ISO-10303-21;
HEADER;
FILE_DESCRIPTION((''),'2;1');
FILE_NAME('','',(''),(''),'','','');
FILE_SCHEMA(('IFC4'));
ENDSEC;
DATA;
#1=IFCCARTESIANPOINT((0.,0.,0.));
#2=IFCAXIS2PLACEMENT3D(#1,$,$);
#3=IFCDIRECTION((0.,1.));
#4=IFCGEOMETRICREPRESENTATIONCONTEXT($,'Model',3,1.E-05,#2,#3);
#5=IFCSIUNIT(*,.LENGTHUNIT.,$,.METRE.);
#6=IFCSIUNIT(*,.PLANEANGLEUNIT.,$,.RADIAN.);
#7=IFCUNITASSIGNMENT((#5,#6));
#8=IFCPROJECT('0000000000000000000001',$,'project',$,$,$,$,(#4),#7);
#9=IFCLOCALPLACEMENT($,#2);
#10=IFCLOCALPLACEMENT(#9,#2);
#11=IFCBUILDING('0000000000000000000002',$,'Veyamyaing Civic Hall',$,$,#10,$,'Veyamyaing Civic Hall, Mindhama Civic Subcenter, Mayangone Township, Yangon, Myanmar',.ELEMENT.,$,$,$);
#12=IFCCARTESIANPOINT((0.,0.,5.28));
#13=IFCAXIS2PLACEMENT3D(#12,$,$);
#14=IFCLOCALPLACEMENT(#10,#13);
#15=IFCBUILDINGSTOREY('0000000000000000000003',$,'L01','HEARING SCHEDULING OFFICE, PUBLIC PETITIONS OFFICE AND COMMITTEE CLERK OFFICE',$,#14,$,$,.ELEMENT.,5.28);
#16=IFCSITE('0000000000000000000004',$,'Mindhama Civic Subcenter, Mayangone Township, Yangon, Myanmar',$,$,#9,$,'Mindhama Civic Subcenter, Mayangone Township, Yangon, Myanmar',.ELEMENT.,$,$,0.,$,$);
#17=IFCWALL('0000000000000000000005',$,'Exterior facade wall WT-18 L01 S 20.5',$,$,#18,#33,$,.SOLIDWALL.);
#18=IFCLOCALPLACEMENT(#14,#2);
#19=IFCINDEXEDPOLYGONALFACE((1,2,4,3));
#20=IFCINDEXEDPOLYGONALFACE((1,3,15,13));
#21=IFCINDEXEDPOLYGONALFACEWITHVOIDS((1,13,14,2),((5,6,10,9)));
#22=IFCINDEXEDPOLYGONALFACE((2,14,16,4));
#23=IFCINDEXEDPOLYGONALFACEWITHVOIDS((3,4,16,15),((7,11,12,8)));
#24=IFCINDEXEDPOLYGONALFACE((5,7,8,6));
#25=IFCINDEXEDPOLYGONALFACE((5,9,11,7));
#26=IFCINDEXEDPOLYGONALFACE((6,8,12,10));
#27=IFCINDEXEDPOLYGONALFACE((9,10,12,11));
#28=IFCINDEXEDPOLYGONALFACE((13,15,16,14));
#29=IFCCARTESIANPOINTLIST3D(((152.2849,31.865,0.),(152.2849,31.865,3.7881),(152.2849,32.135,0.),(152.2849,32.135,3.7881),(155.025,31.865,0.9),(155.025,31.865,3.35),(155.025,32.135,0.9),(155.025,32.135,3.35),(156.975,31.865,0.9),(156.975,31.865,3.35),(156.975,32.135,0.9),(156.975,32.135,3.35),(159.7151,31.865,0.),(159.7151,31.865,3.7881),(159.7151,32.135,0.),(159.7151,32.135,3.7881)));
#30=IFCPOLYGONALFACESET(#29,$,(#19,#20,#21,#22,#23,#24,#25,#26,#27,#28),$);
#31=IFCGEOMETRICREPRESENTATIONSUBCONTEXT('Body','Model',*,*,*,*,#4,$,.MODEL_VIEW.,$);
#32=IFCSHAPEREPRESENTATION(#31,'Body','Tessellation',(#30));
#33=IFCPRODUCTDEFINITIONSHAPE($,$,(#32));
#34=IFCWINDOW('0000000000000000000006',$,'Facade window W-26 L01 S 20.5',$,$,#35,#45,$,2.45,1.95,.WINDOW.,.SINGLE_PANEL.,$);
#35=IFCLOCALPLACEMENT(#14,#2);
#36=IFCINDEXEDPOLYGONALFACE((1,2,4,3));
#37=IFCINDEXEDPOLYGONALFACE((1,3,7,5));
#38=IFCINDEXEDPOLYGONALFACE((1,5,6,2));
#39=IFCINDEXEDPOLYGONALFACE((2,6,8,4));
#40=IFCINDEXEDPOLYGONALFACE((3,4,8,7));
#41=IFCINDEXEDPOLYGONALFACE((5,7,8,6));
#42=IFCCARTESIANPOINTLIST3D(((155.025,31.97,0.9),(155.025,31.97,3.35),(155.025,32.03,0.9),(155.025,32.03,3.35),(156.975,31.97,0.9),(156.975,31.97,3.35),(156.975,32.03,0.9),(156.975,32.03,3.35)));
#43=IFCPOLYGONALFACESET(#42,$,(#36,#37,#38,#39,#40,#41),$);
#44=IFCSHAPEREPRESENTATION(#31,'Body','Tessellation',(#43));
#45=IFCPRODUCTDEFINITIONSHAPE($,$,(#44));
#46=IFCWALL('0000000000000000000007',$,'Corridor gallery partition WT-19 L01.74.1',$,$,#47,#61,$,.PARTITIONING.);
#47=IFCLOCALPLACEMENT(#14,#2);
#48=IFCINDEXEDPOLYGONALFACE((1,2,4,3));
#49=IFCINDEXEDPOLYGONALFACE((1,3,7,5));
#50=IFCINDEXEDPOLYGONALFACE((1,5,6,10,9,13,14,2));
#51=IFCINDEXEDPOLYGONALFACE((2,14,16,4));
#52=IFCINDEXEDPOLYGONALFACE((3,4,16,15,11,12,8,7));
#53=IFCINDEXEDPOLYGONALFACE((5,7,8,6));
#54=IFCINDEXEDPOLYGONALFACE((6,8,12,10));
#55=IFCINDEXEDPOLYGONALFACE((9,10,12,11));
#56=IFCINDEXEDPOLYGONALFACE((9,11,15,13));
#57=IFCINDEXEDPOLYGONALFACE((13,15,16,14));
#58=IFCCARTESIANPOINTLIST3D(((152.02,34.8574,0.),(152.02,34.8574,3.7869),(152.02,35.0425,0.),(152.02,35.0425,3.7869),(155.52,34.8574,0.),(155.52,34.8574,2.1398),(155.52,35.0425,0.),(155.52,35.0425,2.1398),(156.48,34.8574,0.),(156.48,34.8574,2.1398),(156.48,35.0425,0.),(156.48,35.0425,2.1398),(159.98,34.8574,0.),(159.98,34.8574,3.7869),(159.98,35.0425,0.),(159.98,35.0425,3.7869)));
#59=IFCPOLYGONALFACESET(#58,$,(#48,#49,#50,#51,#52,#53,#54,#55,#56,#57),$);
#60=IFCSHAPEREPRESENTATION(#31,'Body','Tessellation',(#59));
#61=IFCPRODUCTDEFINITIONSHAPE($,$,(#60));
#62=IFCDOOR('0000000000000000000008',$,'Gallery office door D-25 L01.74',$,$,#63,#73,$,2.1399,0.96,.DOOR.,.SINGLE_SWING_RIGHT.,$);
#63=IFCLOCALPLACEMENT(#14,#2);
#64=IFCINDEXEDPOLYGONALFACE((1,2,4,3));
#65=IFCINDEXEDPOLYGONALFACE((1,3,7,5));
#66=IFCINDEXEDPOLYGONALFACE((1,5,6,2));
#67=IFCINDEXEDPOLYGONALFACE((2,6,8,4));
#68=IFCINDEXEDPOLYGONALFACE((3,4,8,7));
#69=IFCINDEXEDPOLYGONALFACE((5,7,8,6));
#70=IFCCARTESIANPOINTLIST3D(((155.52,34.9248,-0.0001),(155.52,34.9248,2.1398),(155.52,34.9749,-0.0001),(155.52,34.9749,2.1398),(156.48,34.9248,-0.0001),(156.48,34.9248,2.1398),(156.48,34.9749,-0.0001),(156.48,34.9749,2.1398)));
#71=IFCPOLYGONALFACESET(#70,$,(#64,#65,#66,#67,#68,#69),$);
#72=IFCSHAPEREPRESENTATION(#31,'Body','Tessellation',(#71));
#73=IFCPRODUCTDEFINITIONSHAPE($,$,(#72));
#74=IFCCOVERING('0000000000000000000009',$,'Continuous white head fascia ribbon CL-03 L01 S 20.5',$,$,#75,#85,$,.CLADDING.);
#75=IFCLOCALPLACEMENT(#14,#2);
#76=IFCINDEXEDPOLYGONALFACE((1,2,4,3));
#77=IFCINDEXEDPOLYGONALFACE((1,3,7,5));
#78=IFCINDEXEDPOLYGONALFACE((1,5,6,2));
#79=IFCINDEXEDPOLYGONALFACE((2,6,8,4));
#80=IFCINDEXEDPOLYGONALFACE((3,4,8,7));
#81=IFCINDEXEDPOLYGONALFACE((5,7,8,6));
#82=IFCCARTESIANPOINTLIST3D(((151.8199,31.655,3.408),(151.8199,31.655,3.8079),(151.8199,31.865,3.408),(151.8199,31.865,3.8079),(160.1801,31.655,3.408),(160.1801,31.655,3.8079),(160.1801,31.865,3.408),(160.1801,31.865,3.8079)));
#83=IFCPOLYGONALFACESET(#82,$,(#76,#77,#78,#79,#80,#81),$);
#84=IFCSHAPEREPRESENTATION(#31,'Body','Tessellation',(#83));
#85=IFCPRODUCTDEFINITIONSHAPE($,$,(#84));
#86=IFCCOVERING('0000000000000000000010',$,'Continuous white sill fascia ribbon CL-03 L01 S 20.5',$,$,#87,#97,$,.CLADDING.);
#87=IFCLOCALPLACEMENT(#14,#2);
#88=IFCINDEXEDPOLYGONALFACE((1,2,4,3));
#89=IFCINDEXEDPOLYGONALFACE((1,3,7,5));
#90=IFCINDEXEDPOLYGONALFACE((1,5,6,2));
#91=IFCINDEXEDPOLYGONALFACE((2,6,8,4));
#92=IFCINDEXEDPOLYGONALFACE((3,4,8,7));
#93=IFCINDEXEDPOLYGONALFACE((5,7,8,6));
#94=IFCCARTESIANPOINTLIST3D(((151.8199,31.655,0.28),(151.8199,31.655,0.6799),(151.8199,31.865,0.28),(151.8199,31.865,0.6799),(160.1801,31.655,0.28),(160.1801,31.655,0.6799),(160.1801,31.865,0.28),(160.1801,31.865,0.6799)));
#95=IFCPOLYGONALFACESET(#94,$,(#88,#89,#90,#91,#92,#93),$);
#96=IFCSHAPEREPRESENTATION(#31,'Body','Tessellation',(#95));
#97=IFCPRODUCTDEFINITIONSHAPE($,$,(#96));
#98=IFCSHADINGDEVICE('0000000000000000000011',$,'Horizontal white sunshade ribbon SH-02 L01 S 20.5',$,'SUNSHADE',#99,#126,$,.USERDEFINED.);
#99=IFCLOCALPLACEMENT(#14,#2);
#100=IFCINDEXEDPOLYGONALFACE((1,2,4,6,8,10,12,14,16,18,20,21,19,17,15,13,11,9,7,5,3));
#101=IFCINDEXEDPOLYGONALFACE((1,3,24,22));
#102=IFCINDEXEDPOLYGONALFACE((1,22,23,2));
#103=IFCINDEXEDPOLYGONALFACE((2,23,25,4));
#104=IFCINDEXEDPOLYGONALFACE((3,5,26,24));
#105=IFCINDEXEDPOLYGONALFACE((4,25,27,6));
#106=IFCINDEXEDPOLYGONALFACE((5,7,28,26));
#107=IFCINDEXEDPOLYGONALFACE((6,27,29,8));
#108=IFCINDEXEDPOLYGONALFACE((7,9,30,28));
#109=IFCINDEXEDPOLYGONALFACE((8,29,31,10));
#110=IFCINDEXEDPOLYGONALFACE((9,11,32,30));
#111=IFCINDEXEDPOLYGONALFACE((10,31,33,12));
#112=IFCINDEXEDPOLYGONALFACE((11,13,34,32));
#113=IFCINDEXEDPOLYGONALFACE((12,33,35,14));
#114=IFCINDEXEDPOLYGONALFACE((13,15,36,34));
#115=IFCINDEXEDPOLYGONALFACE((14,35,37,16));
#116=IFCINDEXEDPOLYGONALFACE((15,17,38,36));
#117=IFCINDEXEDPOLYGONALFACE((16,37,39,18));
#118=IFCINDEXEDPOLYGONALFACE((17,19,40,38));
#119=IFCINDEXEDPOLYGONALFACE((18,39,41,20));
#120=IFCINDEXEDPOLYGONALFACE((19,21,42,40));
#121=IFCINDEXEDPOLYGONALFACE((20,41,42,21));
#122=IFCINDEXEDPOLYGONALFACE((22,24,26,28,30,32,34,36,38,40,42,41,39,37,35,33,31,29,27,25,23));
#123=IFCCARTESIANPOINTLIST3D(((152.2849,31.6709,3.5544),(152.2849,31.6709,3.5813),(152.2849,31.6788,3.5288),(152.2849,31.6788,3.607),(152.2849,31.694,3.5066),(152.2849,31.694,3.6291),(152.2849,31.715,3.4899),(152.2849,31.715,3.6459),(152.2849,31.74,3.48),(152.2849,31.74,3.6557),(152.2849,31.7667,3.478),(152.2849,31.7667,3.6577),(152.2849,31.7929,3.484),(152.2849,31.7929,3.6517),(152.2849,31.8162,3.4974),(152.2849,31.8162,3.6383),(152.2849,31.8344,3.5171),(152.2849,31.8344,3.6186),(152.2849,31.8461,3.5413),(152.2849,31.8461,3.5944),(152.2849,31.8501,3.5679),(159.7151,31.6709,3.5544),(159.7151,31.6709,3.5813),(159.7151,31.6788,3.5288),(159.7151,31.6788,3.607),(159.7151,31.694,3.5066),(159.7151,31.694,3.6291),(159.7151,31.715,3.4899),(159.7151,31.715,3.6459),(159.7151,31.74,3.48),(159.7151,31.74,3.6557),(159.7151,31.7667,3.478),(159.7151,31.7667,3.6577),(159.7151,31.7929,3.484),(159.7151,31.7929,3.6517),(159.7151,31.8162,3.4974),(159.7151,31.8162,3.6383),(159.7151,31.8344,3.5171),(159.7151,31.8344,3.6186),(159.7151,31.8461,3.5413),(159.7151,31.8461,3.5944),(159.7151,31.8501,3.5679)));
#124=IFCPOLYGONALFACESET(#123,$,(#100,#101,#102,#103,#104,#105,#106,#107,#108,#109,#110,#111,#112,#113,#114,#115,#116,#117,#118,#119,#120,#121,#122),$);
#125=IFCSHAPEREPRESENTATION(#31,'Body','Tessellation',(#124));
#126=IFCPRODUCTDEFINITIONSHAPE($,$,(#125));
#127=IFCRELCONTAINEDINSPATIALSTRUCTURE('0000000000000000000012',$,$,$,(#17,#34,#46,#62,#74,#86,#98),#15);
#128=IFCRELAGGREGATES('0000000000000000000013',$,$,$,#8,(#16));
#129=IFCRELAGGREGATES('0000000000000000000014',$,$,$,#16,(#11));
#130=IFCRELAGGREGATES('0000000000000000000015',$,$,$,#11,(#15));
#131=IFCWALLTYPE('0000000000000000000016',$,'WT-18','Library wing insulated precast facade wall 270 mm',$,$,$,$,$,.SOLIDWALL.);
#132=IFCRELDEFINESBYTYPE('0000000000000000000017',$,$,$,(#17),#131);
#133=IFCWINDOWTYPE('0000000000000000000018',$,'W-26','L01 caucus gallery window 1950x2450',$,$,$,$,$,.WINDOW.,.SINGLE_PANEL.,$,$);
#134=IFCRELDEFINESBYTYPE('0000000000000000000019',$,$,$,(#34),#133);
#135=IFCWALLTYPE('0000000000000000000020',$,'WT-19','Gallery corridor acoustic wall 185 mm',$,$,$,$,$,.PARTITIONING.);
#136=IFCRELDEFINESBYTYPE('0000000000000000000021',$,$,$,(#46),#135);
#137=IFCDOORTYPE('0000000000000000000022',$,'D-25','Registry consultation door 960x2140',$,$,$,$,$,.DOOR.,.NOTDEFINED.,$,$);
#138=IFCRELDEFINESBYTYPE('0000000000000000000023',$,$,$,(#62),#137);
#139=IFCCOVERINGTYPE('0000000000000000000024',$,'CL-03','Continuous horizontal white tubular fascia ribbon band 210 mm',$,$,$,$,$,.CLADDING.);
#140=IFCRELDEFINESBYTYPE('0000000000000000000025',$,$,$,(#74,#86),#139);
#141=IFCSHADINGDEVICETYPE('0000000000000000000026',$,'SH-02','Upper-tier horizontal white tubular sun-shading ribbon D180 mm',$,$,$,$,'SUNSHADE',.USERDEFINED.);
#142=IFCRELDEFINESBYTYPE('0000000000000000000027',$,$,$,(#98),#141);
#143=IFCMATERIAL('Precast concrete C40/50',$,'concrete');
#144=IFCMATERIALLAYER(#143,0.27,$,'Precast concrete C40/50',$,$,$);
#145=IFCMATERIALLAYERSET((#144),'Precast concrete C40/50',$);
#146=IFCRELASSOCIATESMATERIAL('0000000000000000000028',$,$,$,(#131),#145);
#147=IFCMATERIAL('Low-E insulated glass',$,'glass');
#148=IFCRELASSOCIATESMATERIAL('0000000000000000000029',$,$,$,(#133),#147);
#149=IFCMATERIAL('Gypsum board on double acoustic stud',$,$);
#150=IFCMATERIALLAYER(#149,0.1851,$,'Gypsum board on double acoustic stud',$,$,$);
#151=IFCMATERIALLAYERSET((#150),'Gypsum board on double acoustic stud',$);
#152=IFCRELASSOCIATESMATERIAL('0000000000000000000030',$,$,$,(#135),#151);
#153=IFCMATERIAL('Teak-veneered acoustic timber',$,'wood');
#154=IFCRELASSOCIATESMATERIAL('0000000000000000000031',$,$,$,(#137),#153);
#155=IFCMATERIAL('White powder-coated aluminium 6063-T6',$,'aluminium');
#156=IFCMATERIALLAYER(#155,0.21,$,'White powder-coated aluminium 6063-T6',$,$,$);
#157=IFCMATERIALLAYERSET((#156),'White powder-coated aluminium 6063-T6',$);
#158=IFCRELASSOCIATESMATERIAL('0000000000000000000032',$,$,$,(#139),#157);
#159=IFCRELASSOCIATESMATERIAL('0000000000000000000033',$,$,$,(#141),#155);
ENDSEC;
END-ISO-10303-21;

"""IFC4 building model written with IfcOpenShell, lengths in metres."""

from ifc_helpers import new_model, si_unit, direction, frame, frame_2d, origin, origin_2d, place, context, subcontext, project, spatial, rectangle, circle, extrude, material, layer, layer_set, material_profile, profile_set, type_object, element, fill, save


model = new_model("IFC4")

# Units and contexts
model_context = context("Model", 3, precision=1e-05, world=origin(), true_north=direction((0.0, 1.0)))
body_context = subcontext(model_context, "Body", "Model", "MODEL_VIEW")
ifc_project = project(units=[si_unit("LENGTHUNIT", "METRE"), si_unit("PLANEANGLEUNIT", "RADIAN")], contexts=[model_context])

# Site, building, storey
site_placement = place(None, origin())
site = spatial("IfcSite", under=ifc_project, at=site_placement, Name="Mindhama Civic Subcenter, Mayangone Township, Yangon, Myanmar", LongName="Mindhama Civic Subcenter, Mayangone Township, Yangon, Myanmar", CompositionType="ELEMENT", RefElevation=0.0)
building_placement = place(site_placement, origin())
building = spatial("IfcBuilding", under=site, at=building_placement, Name="Veyamyaing Civic Hall", LongName="Veyamyaing Civic Hall, Mindhama Civic Subcenter, Mayangone Township, Yangon, Myanmar", CompositionType="ELEMENT")
storey_placement = place(building_placement, frame((0.0, 0.0, 5.28)))
storey = spatial("IfcBuildingStorey", under=building, at=storey_placement, Name="L01", Description="HEARING SCHEDULING OFFICE, PUBLIC PETITIONS OFFICE AND COMMITTEE CLERK OFFICE", CompositionType="ELEMENT", Elevation=5.28)

# Shared definitions
ifc_material_1 = material(Name="Low-E insulated glass", Category="glass")

# Wall, opening, window
ifc_material_2 = material(Name="Precast concrete C40/50", Category="concrete")
ifc_layer_1 = layer(ifc_material_2, 0.27, Name="Precast concrete C40/50")
ifc_layer_set_1 = layer_set([ifc_layer_1], Name="Precast concrete C40/50")
wall_type_1 = type_object("IfcWallType", Name="WT-18", Description="Library wing insulated precast facade wall 270 mm", PredefinedType="SOLIDWALL", material=ifc_layer_set_1)
wall_1_placement = place(storey_placement, frame((152.2849, 32.0, 0.0), z_axis=(0.0, 0.0, 1.0), x_axis=(1.0, 0.0, 0.0)))
wall_1 = element("IfcWall", 1, at=wall_1_placement, inside=storey, type_object=wall_type_1, Name="Exterior facade wall WT-18 L01 S 20.5", PredefinedType="SOLIDWALL", context=body_context, shape_type="SweptSolid", body=[
    extrude(rectangle(XDim=7.4302, YDim=0.27, at=frame_2d((3.7151, 0.0))), origin(), (0.0, 0.0, 1.0), 3.7881),
])
opening_1_placement = place(wall_1_placement, frame((2.74, 0.0, 0.8999)))
opening_1 = element("IfcOpeningElement", 2, at=opening_1_placement, cuts=wall_1, PredefinedType="OPENING", context=body_context, shape_type="SweptSolid", body=[
    extrude(rectangle(XDim=1.95, YDim=2.45, at=frame_2d((0.9751, 1.2251))), frame((0.0, 0.145, 0.0), z_axis=(0.0, -1.0, 0.0), x_axis=(1.0, 0.0, 0.0)), (0.0, 0.0, 1.0), 0.29),
])
window_type = type_object("IfcWindowType", Name="W-26", Description="L01 caucus gallery window 1950x2450", PartitioningType="SINGLE_PANEL", PredefinedType="WINDOW", material=ifc_material_1)
window_placement = place(opening_1_placement, origin())
window = element("IfcWindow", 3, at=window_placement, inside=storey, type_object=window_type, Name="Facade window W-26 L01 S 20.5", OverallHeight=2.45, OverallWidth=1.95, PartitioningType="SINGLE_PANEL", PredefinedType="WINDOW", context=body_context, shape_type="SweptSolid", body=[
    extrude(rectangle(XDim=1.95, YDim=2.45, at=frame_2d((0.9751, 1.2251))), frame((0.0, 0.03, 0.0), z_axis=(0.0, -1.0, 0.0), x_axis=(1.0, 0.0, 0.0)), (0.0, 0.0, 1.0), 0.0601),
])
fill(opening_1, window)

# Wall, opening, door
ifc_material_3 = material(Name="Gypsum board on double acoustic stud")
ifc_layer_2 = layer(ifc_material_3, 0.1851, Name="Gypsum board on double acoustic stud")
ifc_layer_set_2 = layer_set([ifc_layer_2], Name="Gypsum board on double acoustic stud")
wall_type_2 = type_object("IfcWallType", Name="WT-19", Description="Gallery corridor acoustic wall 185 mm", PredefinedType="PARTITIONING", material=ifc_layer_set_2)
wall_2_placement = place(storey_placement, frame((152.02, 34.95, 0.0), z_axis=(0.0, 0.0, 1.0), x_axis=(1.0, 0.0, 0.0)))
wall_2 = element("IfcWall", 4, at=wall_2_placement, inside=storey, type_object=wall_type_2, Name="Corridor gallery partition WT-19 L01.74.1", PredefinedType="PARTITIONING", context=body_context, shape_type="SweptSolid", body=[
    extrude(rectangle(XDim=7.96, YDim=0.1851, at=frame_2d((3.98, 0.0))), origin(), (0.0, 0.0, 1.0), 3.7869),
])
opening_2_placement = place(wall_2_placement, frame((3.5, 0.0, 0.0)))
opening_2 = element("IfcOpeningElement", 5, at=opening_2_placement, cuts=wall_2, PredefinedType="OPENING", context=body_context, shape_type="SweptSolid", body=[
    extrude(rectangle(XDim=0.96, YDim=2.1399, at=frame_2d((0.48, 1.0698))), frame((0.0, 0.1025, 0.0), z_axis=(0.0, -1.0, 0.0), x_axis=(1.0, 0.0, 0.0)), (0.0, 0.0, 1.0), 0.2051),
])
ifc_material_4 = material(Name="Teak-veneered acoustic timber", Category="wood")
door_type = type_object("IfcDoorType", Name="D-25", Description="Registry consultation door 960x2140", OperationType="NOTDEFINED", PredefinedType="DOOR", material=ifc_material_4)
door_placement = place(opening_2_placement, origin())
door = element("IfcDoor", 6, at=door_placement, inside=storey, type_object=door_type, Name="Gallery office door D-25 L01.74", OperationType="SINGLE_SWING_RIGHT", OverallHeight=2.1399, OverallWidth=0.96, PredefinedType="DOOR", context=body_context, shape_type="SweptSolid", body=[
    extrude(rectangle(XDim=0.96, YDim=2.1399, at=frame_2d((0.48, 1.0698))), frame((0.0, 0.0249, 0.0), z_axis=(0.0, -1.0, 0.0), x_axis=(1.0, 0.0, 0.0)), (0.0, 0.0, 1.0), 0.05),
])
fill(opening_2, door)

# Coverings
ifc_material_5 = material(Name="White powder-coated aluminium 6063-T6", Category="aluminium")
ifc_layer_3 = layer(ifc_material_5, 0.21, Name="White powder-coated aluminium 6063-T6")
ifc_layer_set_3 = layer_set([ifc_layer_3], Name="White powder-coated aluminium 6063-T6")
covering_type = type_object("IfcCoveringType", Name="CL-03", Description="Continuous horizontal white tubular fascia ribbon band 210 mm", PredefinedType="CLADDING", material=ifc_layer_set_3)
for number, where, z_axis, x_axis, name in (
    (7, (156.0, 31.76, 3.408), (0.0, 0.0, 1.0), (1.0, 0.0, 0.0), "Continuous white head fascia ribbon CL-03 L01 S 20.5"),
    (8, (156.0, 31.76, 0.28), (0.0, 0.0, 1.0), (1.0, 0.0, 0.0), "Continuous white sill fascia ribbon CL-03 L01 S 20.5"),
):
    element("IfcCovering", number, at=place(storey_placement, frame(where, z_axis=z_axis, x_axis=x_axis)), inside=storey, type_object=covering_type, Name=name, PredefinedType="CLADDING", context=body_context, shape_type="SweptSolid", body=[
        extrude(rectangle(XDim=8.3601, YDim=0.21, at=origin_2d()), origin(), (0.0, 0.0, 1.0), 0.3999),
    ])

# Shading device
ifc_material_profile_1 = material_profile(ifc_material_5, circle(Radius=0.0901, at=origin_2d()), Name="SHADE-TUBE-180")
ifc_profile_set_1 = profile_set([ifc_material_profile_1], Name="White powder-coated aluminium 6063-T6")
shading_device_type = type_object("IfcShadingDeviceType", Name="SH-02", Description="Upper-tier horizontal white tubular sun-shading ribbon D180 mm", ElementType="SUNSHADE", PredefinedType="USERDEFINED", material=ifc_profile_set_1)
shading_device_placement = place(storey_placement, frame((152.2849, 31.76, 3.5679), z_axis=(1.0, 0.0, 0.0), x_axis=(0.0, 1.0, 0.0)))
element("IfcShadingDevice", 9, at=shading_device_placement, inside=storey, type_object=shading_device_type, Name="Horizontal white sunshade ribbon SH-02 L01 S 20.5", ObjectType="SUNSHADE", PredefinedType="USERDEFINED", context=body_context, shape_type="SweptSolid", body=[
    extrude(circle(Radius=0.0901, at=origin_2d()), origin(), (0.0, 0.0, 1.0), 7.4302),
])

save(model, "model.ifc")
